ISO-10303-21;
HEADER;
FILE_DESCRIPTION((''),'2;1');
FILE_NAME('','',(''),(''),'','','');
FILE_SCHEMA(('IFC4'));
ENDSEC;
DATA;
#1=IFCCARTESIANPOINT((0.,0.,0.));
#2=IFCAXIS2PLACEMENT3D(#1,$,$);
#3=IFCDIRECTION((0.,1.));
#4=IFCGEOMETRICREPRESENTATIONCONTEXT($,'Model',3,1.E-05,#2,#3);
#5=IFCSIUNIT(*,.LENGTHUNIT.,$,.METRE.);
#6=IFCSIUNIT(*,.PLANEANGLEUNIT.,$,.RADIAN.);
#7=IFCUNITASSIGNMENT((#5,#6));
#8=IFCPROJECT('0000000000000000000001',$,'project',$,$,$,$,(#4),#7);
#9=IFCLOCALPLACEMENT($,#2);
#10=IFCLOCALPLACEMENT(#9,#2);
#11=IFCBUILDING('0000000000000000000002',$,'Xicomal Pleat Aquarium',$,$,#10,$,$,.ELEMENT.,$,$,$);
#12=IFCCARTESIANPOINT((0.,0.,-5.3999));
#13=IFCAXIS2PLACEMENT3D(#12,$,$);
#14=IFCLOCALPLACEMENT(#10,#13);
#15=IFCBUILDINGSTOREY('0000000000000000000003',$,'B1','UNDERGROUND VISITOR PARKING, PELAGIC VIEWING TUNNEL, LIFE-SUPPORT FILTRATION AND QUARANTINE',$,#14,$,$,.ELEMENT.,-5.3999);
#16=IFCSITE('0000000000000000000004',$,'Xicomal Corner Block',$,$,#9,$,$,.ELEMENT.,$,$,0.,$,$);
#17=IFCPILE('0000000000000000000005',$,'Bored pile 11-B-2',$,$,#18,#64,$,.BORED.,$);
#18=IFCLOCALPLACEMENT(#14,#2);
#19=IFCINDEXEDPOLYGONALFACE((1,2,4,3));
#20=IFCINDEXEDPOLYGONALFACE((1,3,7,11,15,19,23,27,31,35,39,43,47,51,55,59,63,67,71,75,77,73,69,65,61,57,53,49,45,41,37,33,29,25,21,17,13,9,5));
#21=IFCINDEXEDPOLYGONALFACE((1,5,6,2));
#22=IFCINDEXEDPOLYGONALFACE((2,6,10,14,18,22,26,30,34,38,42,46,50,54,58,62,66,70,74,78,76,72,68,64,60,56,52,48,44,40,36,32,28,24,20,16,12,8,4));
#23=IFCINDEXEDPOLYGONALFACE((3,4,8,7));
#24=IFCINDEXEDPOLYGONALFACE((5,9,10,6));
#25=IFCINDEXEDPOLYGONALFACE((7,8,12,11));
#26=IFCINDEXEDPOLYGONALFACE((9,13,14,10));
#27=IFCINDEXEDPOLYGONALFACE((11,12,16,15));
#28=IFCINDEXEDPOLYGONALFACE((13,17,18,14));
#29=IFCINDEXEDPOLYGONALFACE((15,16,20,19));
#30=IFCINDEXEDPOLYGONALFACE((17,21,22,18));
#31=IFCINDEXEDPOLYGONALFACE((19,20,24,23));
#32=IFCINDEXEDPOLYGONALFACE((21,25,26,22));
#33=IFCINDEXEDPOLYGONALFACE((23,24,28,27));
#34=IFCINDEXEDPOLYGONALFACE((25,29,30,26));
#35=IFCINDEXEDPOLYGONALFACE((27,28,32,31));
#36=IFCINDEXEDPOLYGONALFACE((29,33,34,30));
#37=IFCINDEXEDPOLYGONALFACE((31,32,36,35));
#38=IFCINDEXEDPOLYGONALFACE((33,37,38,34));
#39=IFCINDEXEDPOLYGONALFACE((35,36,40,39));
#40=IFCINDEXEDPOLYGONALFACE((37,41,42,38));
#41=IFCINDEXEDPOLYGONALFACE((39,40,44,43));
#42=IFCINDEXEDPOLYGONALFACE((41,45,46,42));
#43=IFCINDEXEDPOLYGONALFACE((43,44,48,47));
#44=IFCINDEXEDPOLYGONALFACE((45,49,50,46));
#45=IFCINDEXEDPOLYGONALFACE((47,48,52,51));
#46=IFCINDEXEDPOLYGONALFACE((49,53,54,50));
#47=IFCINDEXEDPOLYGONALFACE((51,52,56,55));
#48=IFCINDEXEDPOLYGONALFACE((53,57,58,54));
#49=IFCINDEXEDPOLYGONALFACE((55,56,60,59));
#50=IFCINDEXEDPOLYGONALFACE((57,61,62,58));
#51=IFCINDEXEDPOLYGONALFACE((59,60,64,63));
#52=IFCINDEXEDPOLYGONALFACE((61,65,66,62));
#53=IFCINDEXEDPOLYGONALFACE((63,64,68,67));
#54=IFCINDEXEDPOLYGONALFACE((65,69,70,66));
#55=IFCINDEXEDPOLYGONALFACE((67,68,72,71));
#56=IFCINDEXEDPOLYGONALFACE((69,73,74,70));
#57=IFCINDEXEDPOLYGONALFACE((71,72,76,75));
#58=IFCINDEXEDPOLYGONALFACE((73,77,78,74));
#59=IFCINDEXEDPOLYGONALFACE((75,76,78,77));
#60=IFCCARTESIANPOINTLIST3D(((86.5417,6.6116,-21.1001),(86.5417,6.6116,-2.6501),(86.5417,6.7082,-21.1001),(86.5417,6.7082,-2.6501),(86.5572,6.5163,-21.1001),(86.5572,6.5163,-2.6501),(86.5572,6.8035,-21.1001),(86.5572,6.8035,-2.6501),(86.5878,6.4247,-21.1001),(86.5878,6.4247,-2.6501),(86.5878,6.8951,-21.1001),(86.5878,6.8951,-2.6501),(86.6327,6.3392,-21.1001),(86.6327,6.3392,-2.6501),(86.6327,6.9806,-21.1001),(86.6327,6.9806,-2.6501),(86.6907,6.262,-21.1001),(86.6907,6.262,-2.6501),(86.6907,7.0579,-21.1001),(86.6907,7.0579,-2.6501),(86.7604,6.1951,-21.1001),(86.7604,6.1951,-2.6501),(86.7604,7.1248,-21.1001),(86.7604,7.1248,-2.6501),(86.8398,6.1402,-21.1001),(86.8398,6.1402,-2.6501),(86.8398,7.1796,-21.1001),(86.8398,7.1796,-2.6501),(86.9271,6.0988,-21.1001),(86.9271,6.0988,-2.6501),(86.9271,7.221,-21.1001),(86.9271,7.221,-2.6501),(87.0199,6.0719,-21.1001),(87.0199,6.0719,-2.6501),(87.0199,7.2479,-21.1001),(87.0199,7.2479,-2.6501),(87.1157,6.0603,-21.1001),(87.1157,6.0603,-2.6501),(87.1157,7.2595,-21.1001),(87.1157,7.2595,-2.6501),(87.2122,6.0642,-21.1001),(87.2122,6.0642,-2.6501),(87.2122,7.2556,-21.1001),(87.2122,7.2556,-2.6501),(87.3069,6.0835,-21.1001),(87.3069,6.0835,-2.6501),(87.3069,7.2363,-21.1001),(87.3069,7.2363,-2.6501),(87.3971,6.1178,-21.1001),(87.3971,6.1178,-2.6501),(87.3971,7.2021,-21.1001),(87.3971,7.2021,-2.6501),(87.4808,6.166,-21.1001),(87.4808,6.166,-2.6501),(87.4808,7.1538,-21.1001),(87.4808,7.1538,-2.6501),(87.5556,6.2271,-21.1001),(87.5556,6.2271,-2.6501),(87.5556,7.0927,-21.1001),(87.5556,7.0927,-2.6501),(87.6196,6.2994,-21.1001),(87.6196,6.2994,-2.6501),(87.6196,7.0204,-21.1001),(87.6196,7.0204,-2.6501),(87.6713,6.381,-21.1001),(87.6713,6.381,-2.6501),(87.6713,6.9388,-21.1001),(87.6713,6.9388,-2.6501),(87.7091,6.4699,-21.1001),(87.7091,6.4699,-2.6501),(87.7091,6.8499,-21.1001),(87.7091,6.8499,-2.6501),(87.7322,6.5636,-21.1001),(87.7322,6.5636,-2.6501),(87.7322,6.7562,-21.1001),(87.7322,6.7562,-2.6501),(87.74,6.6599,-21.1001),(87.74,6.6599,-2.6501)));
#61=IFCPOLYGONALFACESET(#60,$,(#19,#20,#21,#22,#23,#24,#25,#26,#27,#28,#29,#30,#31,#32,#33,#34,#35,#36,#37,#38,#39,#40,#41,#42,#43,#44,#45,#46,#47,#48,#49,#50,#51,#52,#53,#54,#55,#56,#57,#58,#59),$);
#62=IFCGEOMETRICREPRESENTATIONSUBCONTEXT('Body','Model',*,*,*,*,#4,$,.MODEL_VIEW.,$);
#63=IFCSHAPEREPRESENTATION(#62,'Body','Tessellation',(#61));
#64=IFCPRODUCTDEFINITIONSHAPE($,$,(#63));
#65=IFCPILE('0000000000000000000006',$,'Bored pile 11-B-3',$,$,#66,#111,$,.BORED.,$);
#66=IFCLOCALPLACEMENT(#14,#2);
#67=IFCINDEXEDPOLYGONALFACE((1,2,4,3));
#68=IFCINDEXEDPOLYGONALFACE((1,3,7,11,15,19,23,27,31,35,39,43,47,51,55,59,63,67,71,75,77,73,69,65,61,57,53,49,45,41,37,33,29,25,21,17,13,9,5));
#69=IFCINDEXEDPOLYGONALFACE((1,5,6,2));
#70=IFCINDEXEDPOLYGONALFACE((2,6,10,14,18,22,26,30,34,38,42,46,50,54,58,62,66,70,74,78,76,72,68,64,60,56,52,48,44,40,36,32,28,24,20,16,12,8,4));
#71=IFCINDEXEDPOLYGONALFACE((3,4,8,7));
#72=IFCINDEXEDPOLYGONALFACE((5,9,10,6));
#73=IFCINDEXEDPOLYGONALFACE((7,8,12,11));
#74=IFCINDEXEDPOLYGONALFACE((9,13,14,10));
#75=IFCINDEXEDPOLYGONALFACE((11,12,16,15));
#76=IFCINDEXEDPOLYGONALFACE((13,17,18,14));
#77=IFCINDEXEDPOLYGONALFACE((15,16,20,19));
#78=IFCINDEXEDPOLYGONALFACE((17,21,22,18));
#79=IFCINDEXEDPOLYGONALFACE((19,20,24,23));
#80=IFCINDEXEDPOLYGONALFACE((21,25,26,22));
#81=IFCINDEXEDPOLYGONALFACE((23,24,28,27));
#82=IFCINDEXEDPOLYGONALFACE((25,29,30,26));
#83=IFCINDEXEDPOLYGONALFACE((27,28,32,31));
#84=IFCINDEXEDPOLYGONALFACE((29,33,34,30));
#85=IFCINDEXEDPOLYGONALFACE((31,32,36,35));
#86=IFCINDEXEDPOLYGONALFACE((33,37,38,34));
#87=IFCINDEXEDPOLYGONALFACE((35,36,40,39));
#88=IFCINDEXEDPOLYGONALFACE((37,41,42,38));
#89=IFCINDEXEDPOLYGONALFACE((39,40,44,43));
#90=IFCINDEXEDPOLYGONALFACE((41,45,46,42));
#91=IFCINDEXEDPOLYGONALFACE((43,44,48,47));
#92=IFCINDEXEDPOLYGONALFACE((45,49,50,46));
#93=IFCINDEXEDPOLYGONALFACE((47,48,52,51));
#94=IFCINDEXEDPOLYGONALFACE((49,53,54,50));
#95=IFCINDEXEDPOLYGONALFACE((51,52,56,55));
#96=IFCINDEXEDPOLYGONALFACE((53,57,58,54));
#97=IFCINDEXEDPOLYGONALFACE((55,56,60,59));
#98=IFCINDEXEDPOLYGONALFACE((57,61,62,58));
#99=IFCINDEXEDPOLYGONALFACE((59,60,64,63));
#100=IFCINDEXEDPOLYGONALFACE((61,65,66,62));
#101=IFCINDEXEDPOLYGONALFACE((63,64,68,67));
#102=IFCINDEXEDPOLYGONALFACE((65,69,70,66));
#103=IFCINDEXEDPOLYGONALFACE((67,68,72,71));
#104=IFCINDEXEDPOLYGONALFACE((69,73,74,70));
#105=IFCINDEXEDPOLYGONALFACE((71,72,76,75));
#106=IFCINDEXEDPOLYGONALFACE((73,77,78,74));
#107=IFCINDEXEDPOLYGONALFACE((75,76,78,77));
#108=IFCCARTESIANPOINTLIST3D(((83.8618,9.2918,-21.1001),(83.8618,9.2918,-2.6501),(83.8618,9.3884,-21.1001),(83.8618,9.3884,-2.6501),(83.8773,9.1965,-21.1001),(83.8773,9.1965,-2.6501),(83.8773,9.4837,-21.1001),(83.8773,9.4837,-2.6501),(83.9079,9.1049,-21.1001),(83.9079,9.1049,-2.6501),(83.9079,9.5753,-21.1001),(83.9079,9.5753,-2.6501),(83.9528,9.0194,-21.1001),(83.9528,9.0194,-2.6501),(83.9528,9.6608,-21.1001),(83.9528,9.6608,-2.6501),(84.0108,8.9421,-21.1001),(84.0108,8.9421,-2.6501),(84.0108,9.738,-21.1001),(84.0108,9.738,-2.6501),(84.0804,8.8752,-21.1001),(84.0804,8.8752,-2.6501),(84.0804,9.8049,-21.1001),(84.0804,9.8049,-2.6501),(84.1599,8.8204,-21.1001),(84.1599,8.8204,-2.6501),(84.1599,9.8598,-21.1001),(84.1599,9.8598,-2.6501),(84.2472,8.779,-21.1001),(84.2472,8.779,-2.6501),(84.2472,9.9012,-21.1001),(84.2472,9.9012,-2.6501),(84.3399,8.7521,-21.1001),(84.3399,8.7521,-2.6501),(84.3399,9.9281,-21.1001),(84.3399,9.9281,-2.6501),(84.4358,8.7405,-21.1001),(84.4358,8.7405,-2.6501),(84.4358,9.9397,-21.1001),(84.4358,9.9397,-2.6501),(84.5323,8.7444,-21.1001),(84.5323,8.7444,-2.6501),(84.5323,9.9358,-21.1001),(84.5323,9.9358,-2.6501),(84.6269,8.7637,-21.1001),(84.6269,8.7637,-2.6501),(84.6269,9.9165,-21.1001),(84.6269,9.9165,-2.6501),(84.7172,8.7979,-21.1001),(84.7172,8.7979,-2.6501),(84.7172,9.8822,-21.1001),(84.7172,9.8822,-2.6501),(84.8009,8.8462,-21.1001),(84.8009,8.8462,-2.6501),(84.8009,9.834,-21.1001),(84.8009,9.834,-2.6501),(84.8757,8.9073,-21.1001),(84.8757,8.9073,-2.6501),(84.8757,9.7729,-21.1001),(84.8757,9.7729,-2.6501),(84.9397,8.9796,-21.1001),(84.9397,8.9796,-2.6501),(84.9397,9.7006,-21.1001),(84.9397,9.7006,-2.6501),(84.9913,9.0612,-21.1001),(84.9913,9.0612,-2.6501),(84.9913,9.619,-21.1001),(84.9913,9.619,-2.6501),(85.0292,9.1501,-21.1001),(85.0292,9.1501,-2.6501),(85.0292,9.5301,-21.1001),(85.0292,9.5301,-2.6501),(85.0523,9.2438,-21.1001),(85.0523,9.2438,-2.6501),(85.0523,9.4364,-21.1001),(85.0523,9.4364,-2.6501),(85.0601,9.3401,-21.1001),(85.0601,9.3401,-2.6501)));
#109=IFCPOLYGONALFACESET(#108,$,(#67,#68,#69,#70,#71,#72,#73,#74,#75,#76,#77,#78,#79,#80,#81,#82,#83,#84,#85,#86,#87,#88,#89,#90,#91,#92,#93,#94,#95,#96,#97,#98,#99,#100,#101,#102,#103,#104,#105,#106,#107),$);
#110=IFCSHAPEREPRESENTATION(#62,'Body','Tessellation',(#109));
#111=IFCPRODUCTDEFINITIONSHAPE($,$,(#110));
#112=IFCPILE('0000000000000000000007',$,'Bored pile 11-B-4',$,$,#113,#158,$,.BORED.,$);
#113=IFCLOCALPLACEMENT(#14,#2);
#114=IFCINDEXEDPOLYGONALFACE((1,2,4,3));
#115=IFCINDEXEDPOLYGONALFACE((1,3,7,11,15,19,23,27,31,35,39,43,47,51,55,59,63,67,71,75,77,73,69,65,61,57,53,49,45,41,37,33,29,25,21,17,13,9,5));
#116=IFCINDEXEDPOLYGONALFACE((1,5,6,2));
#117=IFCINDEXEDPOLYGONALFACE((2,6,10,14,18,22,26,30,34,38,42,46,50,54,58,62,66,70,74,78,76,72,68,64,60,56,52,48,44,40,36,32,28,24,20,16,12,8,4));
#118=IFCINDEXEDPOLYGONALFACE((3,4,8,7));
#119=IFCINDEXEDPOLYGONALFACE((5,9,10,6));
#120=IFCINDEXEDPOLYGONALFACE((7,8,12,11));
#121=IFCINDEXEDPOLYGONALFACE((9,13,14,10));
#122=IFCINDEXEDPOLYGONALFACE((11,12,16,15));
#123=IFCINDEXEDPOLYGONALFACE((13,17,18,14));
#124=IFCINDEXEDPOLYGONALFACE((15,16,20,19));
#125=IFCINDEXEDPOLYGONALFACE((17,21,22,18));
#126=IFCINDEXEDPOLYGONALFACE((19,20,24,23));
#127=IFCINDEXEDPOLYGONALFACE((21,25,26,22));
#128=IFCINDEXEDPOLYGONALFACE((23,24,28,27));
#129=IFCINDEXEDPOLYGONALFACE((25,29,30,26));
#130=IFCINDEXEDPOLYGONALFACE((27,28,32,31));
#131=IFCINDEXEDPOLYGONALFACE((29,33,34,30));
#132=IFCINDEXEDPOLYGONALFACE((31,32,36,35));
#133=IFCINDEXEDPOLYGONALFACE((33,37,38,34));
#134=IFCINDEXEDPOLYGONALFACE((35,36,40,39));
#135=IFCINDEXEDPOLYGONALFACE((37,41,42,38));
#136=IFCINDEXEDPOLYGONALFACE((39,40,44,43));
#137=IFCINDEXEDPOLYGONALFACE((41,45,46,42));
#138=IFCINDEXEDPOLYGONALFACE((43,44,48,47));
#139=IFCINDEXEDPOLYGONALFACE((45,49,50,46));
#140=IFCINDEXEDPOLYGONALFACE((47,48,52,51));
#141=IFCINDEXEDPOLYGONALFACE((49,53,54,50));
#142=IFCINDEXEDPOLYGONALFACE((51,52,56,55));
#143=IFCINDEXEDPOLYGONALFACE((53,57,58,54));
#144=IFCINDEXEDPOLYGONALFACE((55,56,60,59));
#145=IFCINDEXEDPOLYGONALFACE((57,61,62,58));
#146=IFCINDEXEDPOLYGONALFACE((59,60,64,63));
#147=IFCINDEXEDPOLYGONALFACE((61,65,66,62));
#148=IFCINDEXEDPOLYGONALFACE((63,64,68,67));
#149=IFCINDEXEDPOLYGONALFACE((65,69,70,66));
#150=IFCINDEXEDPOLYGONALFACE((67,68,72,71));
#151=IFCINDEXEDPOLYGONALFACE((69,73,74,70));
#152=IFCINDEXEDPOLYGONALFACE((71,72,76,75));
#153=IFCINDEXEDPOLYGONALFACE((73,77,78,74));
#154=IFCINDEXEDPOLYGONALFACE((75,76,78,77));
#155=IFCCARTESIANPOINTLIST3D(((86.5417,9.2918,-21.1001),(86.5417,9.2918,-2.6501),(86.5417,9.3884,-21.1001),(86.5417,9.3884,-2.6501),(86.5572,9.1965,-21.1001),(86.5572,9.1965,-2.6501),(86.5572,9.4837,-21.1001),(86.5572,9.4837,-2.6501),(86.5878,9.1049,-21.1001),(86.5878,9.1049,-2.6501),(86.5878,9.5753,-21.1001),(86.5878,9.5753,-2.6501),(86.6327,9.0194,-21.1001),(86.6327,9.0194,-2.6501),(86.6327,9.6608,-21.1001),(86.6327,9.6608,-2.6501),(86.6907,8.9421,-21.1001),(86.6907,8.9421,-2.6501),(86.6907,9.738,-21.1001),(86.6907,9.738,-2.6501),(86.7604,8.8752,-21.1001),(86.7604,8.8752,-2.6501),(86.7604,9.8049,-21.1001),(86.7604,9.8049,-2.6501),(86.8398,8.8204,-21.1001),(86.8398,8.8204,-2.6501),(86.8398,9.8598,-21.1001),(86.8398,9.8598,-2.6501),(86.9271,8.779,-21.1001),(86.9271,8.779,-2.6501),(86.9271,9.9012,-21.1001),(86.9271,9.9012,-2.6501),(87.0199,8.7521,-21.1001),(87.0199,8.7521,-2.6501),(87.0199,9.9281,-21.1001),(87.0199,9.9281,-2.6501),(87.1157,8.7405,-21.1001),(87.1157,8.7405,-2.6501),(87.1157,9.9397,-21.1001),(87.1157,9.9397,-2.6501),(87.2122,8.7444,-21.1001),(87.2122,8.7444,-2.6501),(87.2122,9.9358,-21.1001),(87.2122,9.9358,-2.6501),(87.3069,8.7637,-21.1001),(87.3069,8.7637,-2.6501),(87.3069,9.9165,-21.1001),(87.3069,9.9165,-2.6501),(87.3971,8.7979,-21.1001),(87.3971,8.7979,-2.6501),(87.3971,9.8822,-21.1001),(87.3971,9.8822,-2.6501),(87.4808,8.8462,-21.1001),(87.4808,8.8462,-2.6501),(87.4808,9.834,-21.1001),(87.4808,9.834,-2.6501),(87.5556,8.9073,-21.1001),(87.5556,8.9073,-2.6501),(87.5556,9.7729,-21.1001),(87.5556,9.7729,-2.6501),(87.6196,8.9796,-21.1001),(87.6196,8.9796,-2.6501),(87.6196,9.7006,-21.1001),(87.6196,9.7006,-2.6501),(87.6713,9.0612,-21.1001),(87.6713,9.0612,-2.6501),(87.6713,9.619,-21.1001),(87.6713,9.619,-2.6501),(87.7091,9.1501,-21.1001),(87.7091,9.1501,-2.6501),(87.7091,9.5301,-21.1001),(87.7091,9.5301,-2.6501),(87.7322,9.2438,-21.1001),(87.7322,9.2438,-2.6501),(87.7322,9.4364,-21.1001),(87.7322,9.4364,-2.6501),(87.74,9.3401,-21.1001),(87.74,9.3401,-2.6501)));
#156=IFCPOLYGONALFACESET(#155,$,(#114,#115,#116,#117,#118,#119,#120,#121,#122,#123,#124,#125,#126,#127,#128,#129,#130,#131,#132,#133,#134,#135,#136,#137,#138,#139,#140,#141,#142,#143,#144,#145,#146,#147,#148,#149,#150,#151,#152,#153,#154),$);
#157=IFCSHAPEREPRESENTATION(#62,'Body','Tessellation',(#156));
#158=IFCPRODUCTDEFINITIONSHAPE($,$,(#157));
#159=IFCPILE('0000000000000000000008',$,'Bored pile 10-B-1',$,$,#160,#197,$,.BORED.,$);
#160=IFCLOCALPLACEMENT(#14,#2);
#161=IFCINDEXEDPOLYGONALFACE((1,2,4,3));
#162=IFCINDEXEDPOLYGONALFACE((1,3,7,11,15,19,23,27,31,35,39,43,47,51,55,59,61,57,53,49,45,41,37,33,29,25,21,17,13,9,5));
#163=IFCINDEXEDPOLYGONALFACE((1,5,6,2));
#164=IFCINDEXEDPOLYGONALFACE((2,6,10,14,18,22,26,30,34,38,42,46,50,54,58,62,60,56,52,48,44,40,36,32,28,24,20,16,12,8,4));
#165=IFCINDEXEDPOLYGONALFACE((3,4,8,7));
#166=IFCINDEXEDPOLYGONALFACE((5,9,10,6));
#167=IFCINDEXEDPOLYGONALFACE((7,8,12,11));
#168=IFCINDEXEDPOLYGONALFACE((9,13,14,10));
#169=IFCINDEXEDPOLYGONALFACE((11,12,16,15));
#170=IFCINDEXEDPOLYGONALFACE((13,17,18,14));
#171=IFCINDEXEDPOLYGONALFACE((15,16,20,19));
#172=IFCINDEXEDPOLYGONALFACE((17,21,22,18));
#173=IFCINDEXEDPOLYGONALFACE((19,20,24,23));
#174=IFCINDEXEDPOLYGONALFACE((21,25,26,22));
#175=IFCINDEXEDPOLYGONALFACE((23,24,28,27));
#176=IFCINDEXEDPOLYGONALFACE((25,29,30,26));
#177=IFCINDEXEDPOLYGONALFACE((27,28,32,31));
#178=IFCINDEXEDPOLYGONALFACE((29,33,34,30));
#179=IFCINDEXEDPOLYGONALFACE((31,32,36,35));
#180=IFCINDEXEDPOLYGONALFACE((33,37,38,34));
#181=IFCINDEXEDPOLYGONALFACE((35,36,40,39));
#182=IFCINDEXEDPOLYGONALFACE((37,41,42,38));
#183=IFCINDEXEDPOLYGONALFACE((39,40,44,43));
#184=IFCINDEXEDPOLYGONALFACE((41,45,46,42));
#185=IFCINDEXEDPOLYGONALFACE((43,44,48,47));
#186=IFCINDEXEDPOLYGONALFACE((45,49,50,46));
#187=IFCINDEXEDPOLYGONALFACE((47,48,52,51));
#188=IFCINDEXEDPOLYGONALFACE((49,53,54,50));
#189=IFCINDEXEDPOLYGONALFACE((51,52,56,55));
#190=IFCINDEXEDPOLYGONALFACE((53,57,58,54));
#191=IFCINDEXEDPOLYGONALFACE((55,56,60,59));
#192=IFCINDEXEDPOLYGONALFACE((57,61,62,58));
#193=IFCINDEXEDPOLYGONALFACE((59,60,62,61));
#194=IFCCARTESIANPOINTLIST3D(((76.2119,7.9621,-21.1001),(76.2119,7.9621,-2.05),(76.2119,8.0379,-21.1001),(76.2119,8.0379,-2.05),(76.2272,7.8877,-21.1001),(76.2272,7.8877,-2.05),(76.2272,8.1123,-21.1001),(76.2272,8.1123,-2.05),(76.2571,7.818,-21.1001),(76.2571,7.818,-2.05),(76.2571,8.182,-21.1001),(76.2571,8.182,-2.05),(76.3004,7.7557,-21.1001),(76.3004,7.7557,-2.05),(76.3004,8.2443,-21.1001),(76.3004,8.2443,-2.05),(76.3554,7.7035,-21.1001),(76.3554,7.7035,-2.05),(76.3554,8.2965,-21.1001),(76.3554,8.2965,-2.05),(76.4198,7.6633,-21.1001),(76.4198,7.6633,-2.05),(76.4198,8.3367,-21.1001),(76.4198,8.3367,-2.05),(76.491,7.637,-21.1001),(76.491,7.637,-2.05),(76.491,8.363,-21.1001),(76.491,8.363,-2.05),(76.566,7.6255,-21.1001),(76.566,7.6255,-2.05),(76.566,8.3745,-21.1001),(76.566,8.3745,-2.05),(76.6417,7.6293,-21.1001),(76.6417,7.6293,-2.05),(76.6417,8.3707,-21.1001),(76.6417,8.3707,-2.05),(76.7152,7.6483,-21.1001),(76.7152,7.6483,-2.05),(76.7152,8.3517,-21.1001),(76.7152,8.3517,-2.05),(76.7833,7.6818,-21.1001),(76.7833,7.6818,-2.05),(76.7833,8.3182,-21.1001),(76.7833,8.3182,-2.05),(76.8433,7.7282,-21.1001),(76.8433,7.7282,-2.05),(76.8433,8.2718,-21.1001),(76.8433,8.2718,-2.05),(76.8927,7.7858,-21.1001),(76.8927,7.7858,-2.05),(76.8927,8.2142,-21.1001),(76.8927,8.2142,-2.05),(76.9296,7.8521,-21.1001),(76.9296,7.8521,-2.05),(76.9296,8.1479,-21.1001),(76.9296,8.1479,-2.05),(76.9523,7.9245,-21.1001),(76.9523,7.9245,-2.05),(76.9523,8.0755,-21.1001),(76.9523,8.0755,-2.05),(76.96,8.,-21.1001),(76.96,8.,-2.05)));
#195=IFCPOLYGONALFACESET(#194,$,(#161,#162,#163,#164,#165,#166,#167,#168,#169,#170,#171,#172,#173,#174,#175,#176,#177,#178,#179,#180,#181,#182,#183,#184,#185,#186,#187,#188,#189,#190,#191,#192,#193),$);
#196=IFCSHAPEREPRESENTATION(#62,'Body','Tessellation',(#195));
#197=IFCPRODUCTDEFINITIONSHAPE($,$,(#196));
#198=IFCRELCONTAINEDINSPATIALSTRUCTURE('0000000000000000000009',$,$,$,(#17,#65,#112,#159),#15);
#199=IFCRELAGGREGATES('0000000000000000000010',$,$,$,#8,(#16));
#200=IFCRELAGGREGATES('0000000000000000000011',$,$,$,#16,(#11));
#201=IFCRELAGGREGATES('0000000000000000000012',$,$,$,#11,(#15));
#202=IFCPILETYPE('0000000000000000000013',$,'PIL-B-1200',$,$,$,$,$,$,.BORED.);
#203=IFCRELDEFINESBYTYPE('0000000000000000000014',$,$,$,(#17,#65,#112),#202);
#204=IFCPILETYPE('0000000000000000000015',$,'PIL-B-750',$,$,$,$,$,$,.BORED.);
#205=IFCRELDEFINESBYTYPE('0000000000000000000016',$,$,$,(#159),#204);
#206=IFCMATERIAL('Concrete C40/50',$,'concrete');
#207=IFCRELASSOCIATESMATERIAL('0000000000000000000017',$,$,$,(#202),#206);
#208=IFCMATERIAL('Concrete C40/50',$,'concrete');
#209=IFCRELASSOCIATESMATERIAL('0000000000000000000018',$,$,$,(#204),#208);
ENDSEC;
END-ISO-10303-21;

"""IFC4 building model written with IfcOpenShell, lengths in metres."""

from ifc_helpers import new_model, si_unit, direction, frame, origin, origin_2d, place, context, subcontext, project, spatial, circle, extrude, material, material_profile, profile_set, type_object, element, save


model = new_model("IFC4")

# Units and contexts
model_context = context("Model", 3, precision=1e-05, world=origin(), true_north=direction((0.0, 1.0)))
body_context = subcontext(model_context, "Body", "Model", "MODEL_VIEW")
ifc_project = project(units=[si_unit("LENGTHUNIT", "METRE"), si_unit("PLANEANGLEUNIT", "RADIAN")], contexts=[model_context])

# Site, building, storey
site_placement = place(None, origin())
site = spatial("IfcSite", under=ifc_project, at=site_placement, Name="Xicomal Corner Block", CompositionType="ELEMENT", RefElevation=0.0)
building_placement = place(site_placement, origin())
building = spatial("IfcBuilding", under=site, at=building_placement, Name="Xicomal Pleat Aquarium", CompositionType="ELEMENT")
storey_placement = place(building_placement, frame((0.0, 0.0, -5.3999)))
storey = spatial("IfcBuildingStorey", under=building, at=storey_placement, Name="B1", Description="UNDERGROUND VISITOR PARKING, PELAGIC VIEWING TUNNEL, LIFE-SUPPORT FILTRATION AND QUARANTINE", CompositionType="ELEMENT", Elevation=-5.3999)

# Piles
ifc_material_1 = material(Name="Concrete C40/50", Category="concrete")
ifc_material_profile_1 = material_profile(ifc_material_1, circle(Radius=0.6001, at=origin_2d()), Name="BORED PILE D1200")
ifc_profile_set_1 = profile_set([ifc_material_profile_1], Name="Concrete C40/50")
pile_type_1 = type_object("IfcPileType", Name="PIL-B-1200", PredefinedType="BORED", material=ifc_profile_set_1)
for number, where, z_axis, x_axis, name in (
    (1, (87.1399, 6.6599, -2.6501), (0.0, 0.0, -1.0), (1.0, 0.0, 0.0), "Bored pile 11-B-2"),
    (2, (84.46, 9.3401, -2.6501), (0.0, 0.0, -1.0), (1.0, 0.0, 0.0), "Bored pile 11-B-3"),
    (3, (87.1399, 9.3401, -2.6501), (0.0, 0.0, -1.0), (1.0, 0.0, 0.0), "Bored pile 11-B-4"),
):
    element("IfcPile", number, at=place(storey_placement, frame(where, z_axis=z_axis, x_axis=x_axis)), inside=storey, type_object=pile_type_1, Name=name, PredefinedType="BORED", context=body_context, shape_type="SweptSolid", body=[
        extrude(circle(Radius=0.6001, at=origin_2d()), origin(), (0.0, 0.0, 1.0), 18.45),
    ])
ifc_material_2 = material(Name="Concrete C40/50", Category="concrete")
ifc_material_profile_2 = material_profile(ifc_material_2, circle(Radius=0.375, at=origin_2d()), Name="BORED PILE D750")
ifc_profile_set_2 = profile_set([ifc_material_profile_2], Name="Concrete C40/50")
pile_type_2 = type_object("IfcPileType", Name="PIL-B-750", PredefinedType="BORED", material=ifc_profile_set_2)
for number, where, z_axis, x_axis, name in (
    (4, (76.585, 8.0, -2.05), (0.0, 0.0, -1.0), (1.0, 0.0, 0.0), "Bored pile 10-B-1"),
):
    element("IfcPile", number, at=place(storey_placement, frame(where, z_axis=z_axis, x_axis=x_axis)), inside=storey, type_object=pile_type_2, Name=name, PredefinedType="BORED", context=body_context, shape_type="SweptSolid", body=[
        extrude(circle(Radius=0.375, at=origin_2d()), origin(), (0.0, 0.0, 1.0), 19.05),
    ])

save(model, "model.ifc")
